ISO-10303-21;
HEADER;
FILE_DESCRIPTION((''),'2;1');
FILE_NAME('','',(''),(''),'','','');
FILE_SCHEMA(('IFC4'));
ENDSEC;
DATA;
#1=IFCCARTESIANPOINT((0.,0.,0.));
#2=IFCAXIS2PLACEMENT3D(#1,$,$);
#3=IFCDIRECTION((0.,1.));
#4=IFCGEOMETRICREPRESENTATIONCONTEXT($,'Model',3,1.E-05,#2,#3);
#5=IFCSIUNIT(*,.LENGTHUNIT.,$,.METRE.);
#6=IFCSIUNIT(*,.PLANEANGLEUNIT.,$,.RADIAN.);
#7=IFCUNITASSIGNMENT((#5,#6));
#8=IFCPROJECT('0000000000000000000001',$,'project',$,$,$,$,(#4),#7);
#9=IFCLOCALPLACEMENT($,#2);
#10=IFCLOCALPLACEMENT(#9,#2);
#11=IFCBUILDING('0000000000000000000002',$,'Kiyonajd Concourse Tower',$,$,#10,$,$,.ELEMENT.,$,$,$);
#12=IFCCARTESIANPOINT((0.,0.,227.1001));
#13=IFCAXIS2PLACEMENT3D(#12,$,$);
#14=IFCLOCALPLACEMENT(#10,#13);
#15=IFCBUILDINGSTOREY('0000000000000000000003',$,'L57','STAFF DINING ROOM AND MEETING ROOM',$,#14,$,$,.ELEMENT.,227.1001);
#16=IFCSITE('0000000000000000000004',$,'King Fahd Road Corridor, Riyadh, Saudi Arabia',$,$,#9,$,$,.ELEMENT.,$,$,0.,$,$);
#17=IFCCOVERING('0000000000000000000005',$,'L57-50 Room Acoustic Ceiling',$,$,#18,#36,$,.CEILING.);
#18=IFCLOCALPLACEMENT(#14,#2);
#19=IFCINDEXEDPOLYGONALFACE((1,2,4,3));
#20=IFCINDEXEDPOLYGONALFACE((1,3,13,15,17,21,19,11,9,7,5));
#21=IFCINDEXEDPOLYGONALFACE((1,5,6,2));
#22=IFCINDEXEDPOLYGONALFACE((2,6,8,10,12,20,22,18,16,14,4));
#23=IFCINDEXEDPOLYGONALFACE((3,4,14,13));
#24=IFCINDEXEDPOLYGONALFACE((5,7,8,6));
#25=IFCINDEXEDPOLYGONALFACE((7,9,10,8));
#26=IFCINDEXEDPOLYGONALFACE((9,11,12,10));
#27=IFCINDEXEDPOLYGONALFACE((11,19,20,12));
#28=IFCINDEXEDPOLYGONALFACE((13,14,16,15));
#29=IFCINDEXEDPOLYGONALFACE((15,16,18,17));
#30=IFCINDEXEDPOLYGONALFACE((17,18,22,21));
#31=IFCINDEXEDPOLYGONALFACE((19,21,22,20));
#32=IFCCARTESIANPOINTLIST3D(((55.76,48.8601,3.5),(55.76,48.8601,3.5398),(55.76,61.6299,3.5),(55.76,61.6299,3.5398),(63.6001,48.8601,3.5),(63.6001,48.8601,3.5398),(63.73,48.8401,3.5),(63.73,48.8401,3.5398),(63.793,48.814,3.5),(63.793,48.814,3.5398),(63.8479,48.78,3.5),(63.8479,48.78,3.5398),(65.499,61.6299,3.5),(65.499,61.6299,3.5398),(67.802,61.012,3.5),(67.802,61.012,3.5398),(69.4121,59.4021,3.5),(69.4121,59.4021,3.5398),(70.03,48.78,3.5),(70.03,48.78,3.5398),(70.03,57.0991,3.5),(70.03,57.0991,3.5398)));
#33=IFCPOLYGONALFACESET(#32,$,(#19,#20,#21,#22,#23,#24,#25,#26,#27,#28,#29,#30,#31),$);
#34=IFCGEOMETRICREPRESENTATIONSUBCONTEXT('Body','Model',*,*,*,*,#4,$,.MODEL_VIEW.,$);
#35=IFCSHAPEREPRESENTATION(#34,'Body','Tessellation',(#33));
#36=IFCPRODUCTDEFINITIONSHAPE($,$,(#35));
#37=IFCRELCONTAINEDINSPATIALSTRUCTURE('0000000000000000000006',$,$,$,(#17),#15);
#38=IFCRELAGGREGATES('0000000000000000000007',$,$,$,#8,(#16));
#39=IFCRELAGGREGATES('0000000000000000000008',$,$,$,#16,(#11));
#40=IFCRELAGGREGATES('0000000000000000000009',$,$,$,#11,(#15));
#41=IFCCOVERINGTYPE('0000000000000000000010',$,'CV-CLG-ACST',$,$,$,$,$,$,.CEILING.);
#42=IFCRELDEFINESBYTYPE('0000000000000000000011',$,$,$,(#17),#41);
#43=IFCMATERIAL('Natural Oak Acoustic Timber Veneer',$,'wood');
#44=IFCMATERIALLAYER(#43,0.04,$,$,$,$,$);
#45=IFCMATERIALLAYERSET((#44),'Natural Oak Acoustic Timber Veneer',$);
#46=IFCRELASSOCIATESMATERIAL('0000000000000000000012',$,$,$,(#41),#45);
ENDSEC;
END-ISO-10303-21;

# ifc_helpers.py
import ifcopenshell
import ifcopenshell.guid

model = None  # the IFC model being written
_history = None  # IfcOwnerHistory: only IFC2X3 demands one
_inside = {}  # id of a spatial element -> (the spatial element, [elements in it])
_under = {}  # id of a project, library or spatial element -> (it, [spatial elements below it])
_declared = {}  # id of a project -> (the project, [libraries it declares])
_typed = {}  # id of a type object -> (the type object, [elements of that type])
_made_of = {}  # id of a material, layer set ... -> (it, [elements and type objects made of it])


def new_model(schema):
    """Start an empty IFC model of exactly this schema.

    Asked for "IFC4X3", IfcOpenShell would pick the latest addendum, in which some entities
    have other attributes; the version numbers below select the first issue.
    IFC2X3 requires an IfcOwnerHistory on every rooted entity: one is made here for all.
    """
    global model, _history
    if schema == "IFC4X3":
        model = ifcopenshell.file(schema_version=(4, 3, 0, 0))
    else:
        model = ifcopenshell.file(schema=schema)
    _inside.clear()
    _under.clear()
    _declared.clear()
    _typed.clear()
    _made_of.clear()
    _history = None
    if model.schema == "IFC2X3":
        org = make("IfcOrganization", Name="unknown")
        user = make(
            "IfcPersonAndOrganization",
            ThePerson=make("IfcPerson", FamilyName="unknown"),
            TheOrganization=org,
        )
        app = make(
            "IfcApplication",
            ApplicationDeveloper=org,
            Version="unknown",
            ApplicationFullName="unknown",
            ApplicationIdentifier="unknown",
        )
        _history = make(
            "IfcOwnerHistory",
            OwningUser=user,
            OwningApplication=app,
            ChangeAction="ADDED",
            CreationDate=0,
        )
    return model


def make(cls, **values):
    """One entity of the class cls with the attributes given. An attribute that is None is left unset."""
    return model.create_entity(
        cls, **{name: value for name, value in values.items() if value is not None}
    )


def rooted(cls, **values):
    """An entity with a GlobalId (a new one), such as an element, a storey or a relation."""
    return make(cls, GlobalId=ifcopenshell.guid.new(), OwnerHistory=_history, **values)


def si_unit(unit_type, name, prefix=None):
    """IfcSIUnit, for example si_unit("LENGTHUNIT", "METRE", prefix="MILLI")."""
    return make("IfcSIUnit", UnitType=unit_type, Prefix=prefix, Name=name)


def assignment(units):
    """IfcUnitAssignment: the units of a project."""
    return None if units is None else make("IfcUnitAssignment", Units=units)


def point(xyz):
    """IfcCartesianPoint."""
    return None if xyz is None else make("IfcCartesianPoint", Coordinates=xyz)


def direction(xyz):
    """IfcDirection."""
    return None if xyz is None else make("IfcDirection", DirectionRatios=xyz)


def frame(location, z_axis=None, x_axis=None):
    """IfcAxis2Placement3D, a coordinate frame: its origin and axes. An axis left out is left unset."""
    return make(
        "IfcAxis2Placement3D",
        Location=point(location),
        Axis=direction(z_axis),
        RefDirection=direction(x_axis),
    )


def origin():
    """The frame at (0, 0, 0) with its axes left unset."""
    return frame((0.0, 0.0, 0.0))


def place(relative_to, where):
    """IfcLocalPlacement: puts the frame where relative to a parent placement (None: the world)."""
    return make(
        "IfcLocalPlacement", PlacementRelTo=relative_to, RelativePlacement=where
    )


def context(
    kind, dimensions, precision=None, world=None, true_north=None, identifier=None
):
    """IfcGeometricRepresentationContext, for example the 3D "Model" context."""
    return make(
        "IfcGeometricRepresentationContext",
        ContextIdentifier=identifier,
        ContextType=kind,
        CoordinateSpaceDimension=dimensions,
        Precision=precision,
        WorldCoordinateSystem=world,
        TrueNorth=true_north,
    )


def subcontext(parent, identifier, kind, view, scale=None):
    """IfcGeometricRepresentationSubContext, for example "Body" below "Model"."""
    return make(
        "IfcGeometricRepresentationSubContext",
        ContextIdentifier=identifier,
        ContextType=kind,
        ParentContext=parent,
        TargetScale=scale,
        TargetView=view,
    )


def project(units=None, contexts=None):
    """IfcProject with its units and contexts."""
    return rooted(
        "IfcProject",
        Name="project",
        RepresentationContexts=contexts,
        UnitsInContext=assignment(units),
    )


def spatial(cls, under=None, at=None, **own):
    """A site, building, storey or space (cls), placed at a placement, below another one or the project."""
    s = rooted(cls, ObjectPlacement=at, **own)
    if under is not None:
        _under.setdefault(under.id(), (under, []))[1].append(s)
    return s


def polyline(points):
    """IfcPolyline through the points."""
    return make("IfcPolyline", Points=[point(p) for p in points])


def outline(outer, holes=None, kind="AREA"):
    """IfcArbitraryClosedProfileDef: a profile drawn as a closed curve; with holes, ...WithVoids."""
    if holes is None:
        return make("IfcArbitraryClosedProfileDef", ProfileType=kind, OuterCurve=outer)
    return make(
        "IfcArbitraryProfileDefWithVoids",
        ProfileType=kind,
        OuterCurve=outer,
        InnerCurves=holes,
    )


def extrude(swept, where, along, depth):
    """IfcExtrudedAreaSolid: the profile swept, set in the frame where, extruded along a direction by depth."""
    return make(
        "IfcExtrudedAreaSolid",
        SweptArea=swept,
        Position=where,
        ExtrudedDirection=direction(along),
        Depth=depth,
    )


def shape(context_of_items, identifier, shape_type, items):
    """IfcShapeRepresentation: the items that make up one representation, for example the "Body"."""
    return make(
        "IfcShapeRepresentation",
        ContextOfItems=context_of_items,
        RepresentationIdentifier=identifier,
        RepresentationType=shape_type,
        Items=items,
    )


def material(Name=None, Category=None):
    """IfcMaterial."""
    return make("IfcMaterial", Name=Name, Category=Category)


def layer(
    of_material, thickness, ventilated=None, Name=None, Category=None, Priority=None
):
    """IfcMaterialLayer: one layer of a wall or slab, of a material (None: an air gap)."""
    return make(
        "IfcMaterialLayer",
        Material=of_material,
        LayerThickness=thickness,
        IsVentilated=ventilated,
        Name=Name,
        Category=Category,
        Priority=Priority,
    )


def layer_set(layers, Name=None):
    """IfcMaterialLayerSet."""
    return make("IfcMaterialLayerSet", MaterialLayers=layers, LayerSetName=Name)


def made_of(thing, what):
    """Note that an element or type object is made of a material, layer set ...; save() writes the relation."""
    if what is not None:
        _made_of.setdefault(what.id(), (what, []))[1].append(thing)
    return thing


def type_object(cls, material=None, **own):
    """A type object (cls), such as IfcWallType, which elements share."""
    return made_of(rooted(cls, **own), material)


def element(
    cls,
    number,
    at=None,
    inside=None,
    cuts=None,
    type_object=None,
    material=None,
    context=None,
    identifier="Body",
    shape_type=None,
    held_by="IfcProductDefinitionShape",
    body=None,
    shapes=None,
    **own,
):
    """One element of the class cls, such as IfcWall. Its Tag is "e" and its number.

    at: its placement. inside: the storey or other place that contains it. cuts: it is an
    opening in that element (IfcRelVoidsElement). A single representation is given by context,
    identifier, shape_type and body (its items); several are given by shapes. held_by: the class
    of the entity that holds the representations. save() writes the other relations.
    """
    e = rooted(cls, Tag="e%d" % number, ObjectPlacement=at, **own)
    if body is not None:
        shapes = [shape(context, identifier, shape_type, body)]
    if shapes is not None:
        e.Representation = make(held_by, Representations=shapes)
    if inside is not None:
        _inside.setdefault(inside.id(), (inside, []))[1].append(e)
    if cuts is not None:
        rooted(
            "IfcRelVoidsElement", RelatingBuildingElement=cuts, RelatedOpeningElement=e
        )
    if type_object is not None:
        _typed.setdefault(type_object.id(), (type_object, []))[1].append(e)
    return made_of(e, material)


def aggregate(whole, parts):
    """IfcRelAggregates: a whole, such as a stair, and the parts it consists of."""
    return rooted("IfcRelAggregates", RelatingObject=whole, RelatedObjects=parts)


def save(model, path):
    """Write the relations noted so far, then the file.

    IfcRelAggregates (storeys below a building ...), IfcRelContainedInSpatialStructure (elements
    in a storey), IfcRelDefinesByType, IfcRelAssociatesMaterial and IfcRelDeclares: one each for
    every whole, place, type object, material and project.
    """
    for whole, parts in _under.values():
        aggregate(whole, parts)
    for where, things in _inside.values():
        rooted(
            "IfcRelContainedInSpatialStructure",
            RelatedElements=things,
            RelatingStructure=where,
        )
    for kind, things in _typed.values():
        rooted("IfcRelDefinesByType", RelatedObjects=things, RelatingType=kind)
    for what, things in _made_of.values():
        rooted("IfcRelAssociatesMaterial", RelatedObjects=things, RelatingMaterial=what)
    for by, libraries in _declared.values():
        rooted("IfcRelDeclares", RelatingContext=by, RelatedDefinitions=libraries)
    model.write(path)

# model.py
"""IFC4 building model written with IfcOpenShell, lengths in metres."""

from ifc_helpers import new_model, si_unit, direction, frame, origin, place, context, subcontext, project, spatial, polyline, outline, extrude, material, layer, layer_set, type_object, element, save


model = new_model("IFC4")

# Units and contexts
model_context = context("Model", 3, precision=1e-05, world=origin(), true_north=direction((0.0, 1.0)))
body_context = subcontext(model_context, "Body", "Model", "MODEL_VIEW")
ifc_project = project(units=[si_unit("LENGTHUNIT", "METRE"), si_unit("PLANEANGLEUNIT", "RADIAN")], contexts=[model_context])

# Site, building, storey
site_placement = place(None, origin())
site = spatial("IfcSite", under=ifc_project, at=site_placement, Name="King Fahd Road Corridor, Riyadh, Saudi Arabia", CompositionType="ELEMENT", RefElevation=0.0)
building_placement = place(site_placement, origin())
building = spatial("IfcBuilding", under=site, at=building_placement, Name="Kiyonajd Concourse Tower", CompositionType="ELEMENT")
storey_placement = place(building_placement, frame((0.0, 0.0, 227.1001)))
storey = spatial("IfcBuildingStorey", under=building, at=storey_placement, Name="L57", Description="STAFF DINING ROOM AND MEETING ROOM", CompositionType="ELEMENT", Elevation=227.1001)

# Shared definitions
ifc_material_1 = material(Name="Natural Oak Acoustic Timber Veneer", Category="wood")

# Covering
ifc_layer_1 = layer(ifc_material_1, 0.04)
ifc_layer_set_1 = layer_set([ifc_layer_1], Name="Natural Oak Acoustic Timber Veneer")
covering_type = type_object("IfcCoveringType", Name="CV-CLG-ACST", PredefinedType="CEILING", material=ifc_layer_set_1)
covering_1_placement = place(storey_placement, frame((0.0, 0.0, 3.5)))
element("IfcCovering", 1, at=covering_1_placement, inside=storey, type_object=covering_type, Name="L57-50 Room Acoustic Ceiling", PredefinedType="CEILING", context=body_context, shape_type="SweptSolid", body=[
    extrude(outline(polyline([(63.8479, 48.78), (63.793, 48.814), (63.73, 48.8401), (63.6001, 48.8601), (55.76, 48.8601), (55.76, 61.6299), (65.499, 61.6299), (67.802, 61.012), (69.4121, 59.4021), (70.03, 57.0991), (70.03, 48.78), (63.8479, 48.78)])), origin(), (0.0, 0.0, 1.0), 0.0398),
])

save(model, "model.ifc")
